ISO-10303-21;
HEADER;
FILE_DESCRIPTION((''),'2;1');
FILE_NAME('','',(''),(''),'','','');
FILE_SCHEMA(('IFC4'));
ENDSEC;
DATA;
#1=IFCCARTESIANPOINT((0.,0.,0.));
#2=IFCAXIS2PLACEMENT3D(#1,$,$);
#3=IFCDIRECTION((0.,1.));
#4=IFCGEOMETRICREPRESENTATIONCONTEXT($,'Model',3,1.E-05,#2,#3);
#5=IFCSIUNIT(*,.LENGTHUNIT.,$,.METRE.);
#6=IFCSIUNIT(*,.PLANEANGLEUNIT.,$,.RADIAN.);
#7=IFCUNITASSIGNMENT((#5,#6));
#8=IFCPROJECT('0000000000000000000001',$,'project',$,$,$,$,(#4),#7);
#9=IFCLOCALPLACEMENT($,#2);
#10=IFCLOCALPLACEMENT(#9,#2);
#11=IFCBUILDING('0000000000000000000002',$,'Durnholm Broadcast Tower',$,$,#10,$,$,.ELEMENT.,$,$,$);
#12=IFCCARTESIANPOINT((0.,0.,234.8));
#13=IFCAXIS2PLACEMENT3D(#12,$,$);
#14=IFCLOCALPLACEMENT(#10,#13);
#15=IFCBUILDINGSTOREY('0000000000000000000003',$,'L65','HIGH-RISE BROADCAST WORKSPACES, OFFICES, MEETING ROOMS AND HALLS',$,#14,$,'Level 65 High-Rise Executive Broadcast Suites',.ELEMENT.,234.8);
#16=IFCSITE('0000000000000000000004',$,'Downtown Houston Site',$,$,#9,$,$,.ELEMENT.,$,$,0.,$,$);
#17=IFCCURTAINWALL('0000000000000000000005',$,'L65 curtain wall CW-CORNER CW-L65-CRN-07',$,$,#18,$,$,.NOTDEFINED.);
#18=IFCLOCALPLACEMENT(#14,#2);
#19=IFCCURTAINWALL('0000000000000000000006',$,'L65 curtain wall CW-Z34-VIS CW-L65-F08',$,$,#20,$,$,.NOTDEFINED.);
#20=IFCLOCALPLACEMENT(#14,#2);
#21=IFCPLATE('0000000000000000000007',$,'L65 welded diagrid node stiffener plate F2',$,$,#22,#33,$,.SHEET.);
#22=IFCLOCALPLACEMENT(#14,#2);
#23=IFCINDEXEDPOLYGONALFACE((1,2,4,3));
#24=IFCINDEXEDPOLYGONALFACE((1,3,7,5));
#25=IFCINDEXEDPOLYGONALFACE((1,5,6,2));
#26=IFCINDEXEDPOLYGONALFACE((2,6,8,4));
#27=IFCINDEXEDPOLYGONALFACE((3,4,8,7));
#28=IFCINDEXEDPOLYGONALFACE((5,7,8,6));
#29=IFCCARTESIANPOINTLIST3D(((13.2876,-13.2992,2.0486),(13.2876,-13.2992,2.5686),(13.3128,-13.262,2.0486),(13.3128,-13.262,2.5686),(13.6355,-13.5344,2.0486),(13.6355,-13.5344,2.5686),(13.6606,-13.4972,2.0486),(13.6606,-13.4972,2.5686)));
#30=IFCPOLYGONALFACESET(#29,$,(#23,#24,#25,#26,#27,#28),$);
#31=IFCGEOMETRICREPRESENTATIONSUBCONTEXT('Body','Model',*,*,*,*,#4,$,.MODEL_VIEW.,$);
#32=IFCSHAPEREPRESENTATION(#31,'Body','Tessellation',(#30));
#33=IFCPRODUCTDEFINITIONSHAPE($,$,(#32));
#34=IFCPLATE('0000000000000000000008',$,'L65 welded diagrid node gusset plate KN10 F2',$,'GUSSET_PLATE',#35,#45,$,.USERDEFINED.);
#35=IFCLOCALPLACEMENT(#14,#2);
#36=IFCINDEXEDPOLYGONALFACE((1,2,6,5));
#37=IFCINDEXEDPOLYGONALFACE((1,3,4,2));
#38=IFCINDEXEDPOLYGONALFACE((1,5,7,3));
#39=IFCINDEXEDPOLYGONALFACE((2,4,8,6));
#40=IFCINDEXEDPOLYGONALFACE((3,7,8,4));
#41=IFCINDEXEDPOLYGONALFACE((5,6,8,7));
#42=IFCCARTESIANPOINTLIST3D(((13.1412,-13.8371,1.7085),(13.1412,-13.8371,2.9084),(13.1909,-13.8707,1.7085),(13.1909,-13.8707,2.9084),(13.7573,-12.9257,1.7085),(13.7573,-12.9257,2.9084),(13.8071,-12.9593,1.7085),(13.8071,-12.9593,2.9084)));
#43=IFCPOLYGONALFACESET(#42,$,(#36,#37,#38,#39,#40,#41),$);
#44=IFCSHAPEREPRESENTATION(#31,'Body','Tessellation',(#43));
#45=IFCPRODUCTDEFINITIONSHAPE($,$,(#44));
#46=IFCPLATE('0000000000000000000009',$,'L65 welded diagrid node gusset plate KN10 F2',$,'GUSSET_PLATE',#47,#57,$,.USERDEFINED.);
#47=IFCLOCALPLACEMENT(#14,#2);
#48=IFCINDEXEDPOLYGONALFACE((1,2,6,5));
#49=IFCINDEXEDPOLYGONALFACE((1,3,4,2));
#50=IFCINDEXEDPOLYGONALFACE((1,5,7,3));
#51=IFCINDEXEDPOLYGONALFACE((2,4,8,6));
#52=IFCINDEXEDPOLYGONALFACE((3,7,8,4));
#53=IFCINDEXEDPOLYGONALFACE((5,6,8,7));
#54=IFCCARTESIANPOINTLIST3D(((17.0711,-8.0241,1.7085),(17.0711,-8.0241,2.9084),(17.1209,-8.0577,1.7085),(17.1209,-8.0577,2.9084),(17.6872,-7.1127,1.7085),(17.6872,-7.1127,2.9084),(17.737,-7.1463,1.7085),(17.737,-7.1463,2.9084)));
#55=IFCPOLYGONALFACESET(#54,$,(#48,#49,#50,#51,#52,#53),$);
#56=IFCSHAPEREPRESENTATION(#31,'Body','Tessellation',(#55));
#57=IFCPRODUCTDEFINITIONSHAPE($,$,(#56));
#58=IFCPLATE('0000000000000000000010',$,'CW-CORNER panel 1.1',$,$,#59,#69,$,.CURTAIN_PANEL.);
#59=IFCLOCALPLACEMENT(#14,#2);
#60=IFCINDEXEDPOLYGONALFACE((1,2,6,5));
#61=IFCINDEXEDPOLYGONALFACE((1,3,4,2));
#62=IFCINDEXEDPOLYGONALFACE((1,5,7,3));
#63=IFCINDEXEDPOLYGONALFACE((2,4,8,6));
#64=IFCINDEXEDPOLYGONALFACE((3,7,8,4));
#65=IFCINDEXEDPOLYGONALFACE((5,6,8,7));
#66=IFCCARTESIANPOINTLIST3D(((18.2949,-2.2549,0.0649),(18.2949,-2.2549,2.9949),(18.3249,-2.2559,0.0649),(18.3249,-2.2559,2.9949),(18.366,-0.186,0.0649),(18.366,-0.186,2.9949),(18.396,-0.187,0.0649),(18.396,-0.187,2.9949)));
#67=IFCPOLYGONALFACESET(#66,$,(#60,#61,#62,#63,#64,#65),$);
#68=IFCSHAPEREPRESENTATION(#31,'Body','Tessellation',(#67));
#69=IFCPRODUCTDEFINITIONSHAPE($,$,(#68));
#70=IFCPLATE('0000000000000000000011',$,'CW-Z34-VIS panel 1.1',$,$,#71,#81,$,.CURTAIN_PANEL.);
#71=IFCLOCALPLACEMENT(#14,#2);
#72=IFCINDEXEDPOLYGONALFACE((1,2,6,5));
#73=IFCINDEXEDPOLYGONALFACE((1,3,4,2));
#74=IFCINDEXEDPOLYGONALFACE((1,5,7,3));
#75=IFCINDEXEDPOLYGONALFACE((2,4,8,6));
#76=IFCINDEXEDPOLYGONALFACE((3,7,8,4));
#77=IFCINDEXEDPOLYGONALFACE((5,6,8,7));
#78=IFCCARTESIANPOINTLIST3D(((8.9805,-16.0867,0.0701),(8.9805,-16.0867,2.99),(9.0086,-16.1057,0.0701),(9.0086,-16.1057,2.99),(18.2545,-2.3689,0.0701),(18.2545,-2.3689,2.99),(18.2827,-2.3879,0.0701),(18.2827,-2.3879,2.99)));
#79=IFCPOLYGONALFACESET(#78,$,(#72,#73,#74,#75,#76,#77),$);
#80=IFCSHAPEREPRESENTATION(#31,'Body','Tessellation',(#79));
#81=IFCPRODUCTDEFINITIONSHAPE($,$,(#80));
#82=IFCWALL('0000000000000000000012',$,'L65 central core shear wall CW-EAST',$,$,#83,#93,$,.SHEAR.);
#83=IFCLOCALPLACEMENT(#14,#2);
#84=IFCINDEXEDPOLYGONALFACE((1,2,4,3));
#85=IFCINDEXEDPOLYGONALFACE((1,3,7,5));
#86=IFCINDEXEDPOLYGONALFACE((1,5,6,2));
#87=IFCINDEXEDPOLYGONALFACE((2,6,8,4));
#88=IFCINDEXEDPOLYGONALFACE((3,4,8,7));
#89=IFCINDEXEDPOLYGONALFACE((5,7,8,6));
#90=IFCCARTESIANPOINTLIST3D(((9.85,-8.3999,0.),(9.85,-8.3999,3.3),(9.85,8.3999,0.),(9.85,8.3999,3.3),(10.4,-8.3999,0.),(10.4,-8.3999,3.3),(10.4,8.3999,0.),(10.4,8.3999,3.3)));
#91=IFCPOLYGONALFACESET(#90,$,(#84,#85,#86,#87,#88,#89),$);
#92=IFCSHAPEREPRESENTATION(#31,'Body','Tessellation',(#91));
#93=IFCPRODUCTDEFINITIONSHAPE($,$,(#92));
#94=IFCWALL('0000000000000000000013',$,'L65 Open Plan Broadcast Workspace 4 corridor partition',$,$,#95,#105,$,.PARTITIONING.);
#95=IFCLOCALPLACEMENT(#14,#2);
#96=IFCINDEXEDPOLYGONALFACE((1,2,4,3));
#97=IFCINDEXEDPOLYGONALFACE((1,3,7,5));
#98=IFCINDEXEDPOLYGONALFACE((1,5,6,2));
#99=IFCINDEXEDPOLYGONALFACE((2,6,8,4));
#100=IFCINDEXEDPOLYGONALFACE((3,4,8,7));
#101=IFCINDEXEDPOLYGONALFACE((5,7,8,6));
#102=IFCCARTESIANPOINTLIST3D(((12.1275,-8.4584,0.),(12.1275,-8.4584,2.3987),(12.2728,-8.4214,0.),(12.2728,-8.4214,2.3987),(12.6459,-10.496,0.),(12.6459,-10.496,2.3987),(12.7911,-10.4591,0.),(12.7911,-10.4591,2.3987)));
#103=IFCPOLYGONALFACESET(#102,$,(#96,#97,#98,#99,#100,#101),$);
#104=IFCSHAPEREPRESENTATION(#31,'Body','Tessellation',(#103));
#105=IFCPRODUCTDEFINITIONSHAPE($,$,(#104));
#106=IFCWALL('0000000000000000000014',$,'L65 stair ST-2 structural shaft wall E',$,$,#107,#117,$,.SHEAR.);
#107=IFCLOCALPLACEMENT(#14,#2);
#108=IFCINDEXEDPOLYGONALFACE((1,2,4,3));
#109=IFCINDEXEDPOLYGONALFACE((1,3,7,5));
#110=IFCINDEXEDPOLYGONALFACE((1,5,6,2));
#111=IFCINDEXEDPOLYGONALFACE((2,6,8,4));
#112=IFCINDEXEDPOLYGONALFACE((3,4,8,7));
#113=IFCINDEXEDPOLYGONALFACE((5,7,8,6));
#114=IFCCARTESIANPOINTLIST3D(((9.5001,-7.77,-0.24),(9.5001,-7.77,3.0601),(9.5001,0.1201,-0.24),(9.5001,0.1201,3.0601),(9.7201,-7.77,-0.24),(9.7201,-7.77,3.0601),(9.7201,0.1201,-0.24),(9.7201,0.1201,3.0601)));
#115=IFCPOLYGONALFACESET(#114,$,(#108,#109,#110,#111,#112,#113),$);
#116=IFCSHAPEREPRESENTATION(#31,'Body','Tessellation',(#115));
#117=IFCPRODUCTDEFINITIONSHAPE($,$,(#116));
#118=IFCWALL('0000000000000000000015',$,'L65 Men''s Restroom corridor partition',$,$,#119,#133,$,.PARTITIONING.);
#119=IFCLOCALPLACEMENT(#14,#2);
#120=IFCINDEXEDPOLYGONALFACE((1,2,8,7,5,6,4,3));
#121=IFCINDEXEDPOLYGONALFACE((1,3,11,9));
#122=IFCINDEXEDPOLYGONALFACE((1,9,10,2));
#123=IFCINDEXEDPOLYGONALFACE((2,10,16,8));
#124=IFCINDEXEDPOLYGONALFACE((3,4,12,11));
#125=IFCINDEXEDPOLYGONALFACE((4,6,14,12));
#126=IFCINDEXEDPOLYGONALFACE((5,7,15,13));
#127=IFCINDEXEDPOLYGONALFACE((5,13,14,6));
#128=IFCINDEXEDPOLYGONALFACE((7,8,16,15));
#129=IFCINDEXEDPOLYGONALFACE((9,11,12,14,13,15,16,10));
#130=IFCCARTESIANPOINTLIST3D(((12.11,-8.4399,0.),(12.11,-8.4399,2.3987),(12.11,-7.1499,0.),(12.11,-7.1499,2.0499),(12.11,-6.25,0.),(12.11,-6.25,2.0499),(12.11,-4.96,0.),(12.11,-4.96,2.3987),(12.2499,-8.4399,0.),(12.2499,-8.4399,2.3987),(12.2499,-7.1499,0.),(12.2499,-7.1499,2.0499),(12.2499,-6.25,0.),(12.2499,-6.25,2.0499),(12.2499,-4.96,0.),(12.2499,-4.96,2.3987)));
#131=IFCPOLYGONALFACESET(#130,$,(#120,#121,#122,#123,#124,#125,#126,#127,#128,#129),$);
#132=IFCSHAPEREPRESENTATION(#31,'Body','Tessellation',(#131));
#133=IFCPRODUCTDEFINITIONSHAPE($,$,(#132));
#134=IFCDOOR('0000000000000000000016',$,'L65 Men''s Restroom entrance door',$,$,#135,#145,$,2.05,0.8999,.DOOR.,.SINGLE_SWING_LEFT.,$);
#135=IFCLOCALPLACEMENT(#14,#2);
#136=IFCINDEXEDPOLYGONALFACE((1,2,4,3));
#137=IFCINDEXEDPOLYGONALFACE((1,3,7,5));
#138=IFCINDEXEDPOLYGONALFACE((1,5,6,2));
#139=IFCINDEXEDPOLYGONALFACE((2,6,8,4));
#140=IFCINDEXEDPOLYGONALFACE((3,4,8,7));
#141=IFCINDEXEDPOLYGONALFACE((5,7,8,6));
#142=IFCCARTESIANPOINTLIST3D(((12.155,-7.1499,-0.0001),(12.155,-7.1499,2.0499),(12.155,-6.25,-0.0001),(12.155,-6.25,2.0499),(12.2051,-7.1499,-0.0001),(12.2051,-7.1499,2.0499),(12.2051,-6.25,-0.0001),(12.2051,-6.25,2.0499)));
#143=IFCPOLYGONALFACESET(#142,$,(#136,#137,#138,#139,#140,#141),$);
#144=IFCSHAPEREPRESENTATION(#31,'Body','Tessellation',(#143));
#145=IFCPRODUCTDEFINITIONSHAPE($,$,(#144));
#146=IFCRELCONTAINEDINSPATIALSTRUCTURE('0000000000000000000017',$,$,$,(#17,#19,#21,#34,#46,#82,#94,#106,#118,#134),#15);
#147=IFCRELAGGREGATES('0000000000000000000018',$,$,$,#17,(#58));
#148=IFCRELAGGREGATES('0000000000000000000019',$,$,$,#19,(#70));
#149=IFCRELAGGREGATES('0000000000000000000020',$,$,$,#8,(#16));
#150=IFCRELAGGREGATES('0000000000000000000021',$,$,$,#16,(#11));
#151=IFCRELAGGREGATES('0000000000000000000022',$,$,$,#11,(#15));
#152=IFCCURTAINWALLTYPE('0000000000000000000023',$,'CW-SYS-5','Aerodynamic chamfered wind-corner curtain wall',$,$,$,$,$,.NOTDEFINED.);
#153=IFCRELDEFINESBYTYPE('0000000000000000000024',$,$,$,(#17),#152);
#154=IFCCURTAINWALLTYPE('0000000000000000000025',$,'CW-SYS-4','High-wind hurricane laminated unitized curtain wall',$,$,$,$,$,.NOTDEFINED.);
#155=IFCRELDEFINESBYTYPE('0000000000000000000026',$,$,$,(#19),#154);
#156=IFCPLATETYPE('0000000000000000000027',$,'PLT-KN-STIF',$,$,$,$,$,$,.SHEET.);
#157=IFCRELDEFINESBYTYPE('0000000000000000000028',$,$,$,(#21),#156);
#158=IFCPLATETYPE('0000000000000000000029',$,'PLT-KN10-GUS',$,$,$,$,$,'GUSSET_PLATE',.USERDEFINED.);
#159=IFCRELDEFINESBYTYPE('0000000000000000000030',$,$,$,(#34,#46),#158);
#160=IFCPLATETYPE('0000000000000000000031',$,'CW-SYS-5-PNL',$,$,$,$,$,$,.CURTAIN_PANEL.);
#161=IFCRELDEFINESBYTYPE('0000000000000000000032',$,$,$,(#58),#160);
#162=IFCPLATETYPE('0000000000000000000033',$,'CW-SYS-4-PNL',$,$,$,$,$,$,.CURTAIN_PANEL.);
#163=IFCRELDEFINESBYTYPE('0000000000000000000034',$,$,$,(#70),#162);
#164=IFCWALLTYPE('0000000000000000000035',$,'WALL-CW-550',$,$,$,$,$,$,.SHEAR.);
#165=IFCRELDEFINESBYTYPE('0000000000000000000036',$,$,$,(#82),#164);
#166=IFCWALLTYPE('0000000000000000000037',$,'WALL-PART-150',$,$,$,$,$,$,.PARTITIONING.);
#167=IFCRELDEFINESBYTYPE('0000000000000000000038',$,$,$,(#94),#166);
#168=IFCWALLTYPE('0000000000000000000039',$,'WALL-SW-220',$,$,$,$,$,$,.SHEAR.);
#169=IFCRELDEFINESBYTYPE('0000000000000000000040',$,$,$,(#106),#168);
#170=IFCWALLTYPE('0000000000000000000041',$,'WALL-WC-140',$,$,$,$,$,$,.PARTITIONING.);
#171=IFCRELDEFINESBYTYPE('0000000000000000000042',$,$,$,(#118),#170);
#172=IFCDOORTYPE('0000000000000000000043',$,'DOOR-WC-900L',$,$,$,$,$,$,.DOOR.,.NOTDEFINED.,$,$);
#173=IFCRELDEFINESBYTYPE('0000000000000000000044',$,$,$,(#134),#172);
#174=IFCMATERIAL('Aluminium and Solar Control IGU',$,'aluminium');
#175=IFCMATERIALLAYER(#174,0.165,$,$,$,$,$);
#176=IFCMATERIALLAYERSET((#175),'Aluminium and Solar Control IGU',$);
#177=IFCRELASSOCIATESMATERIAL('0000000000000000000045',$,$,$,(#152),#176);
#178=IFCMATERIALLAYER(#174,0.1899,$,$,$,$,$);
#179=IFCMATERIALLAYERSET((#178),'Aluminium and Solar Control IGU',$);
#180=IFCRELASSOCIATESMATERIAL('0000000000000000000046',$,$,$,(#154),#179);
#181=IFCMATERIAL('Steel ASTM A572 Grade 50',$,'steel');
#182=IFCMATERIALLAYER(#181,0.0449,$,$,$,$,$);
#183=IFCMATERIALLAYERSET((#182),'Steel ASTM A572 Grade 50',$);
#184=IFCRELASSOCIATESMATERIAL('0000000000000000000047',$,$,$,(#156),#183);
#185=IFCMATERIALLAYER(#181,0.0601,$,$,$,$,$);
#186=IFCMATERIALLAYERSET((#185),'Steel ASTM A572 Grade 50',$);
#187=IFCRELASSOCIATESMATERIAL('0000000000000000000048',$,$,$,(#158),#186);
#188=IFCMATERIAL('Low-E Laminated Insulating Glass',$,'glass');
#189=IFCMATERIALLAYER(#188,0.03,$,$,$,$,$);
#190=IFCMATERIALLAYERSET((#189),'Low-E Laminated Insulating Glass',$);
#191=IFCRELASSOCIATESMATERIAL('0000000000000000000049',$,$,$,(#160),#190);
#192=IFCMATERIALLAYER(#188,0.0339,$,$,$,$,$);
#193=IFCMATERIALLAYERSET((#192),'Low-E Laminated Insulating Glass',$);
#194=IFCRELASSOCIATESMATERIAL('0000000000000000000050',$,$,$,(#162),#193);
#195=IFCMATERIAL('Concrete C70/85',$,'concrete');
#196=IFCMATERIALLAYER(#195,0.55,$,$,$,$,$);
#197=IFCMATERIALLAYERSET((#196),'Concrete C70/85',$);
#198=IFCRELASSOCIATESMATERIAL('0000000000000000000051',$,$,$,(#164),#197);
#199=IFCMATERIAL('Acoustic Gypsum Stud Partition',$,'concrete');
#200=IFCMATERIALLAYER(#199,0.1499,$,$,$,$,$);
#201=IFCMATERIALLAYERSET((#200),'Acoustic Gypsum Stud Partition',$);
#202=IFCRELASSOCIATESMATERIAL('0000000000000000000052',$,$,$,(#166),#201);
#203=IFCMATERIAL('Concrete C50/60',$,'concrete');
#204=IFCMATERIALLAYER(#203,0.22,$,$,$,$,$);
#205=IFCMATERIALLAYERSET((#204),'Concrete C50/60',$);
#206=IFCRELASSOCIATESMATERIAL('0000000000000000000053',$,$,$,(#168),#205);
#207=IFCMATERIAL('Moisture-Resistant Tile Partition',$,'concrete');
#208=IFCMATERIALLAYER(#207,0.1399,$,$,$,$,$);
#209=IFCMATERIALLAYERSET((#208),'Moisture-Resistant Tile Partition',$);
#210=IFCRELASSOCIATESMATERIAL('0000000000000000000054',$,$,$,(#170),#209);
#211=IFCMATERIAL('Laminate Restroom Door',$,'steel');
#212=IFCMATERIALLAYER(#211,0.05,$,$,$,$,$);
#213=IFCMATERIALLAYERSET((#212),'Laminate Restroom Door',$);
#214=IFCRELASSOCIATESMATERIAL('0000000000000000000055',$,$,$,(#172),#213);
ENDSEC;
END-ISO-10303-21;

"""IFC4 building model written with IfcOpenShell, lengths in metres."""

from ifc_helpers import new_model, si_unit, direction, frame, frame_2d, origin, origin_2d, place, context, subcontext, project, spatial, rectangle, extrude, source, transform, mapped, material, layer, layer_set, type_object, type_shapes, element, fill, aggregate, save


model = new_model("IFC4")

# Units and contexts
model_context = context("Model", 3, precision=1e-05, world=origin(), true_north=direction((0.0, 1.0)))
body_context = subcontext(model_context, "Body", "Model", "MODEL_VIEW")
ifc_project = project(units=[si_unit("LENGTHUNIT", "METRE"), si_unit("PLANEANGLEUNIT", "RADIAN")], contexts=[model_context])

# Site, building, storey
site_placement = place(None, origin())
site = spatial("IfcSite", under=ifc_project, at=site_placement, Name="Downtown Houston Site", CompositionType="ELEMENT", RefElevation=0.0)
building_placement = place(site_placement, origin())
building = spatial("IfcBuilding", under=site, at=building_placement, Name="Durnholm Broadcast Tower", CompositionType="ELEMENT")
storey_placement = place(building_placement, frame((0.0, 0.0, 234.8)))
storey = spatial("IfcBuildingStorey", under=building, at=storey_placement, Name="L65", Description="HIGH-RISE BROADCAST WORKSPACES, OFFICES, MEETING ROOMS AND HALLS", LongName="Level 65 High-Rise Executive Broadcast Suites", CompositionType="ELEMENT", Elevation=234.8)

# Shared definitions
ifc_material_1 = material(Name="Concrete C70/85", Category="concrete")

# Shared definitions
ifc_material_2 = material(Name="Aluminium and Solar Control IGU", Category="aluminium")
ifc_layer_1 = layer(ifc_material_2, 0.165)
ifc_layer_set_1 = layer_set([ifc_layer_1], Name="Aluminium and Solar Control IGU")
curtain_wall_type_1 = type_object("IfcCurtainWallType", Name="CW-SYS-5", Description="Aerodynamic chamfered wind-corner curtain wall", PredefinedType="NOTDEFINED", material=ifc_layer_set_1)

# Curtain wall
curtain_wall_1_placement = place(storey_placement, origin())
curtain_wall_1 = element("IfcCurtainWall", 1, at=curtain_wall_1_placement, inside=storey, type_object=curtain_wall_type_1, Name="L65 curtain wall CW-CORNER CW-L65-CRN-07", PredefinedType="NOTDEFINED")

# Curtain wall
ifc_layer_2 = layer(ifc_material_2, 0.1899)
ifc_layer_set_2 = layer_set([ifc_layer_2], Name="Aluminium and Solar Control IGU")
curtain_wall_type_2 = type_object("IfcCurtainWallType", Name="CW-SYS-4", Description="High-wind hurricane laminated unitized curtain wall", PredefinedType="NOTDEFINED", material=ifc_layer_set_2)
curtain_wall_2_placement = place(storey_placement, origin())
curtain_wall_2 = element("IfcCurtainWall", 2, at=curtain_wall_2_placement, inside=storey, type_object=curtain_wall_type_2, Name="L65 curtain wall CW-Z34-VIS CW-L65-F08", PredefinedType="NOTDEFINED")

# Plates
ifc_material_3 = material(Name="Steel ASTM A572 Grade 50", Category="steel")
ifc_layer_3 = layer(ifc_material_3, 0.0449)
ifc_layer_set_3 = layer_set([ifc_layer_3], Name="Steel ASTM A572 Grade 50")
plate_type_1 = type_object("IfcPlateType", Name="PLT-KN-STIF", PredefinedType="SHEET", material=ifc_layer_set_3)
shared_shape_1 = source(origin(), body_context, "Body", "SweptSolid", [
    extrude(rectangle(XDim=0.0449, YDim=0.4199, at=origin_2d()), origin(), (0.0, 0.0, 1.0), 0.52),
])
type_shapes(plate_type_1, [shared_shape_1])
plate_1_placement = place(storey_placement, frame((13.4741, -13.3982, 2.0486), z_axis=(0.0, 0.0, 1.0), x_axis=(0.560061, 0.828452, 0.0)))
element("IfcPlate", 3, at=plate_1_placement, inside=storey, type_object=plate_type_1, Name="L65 welded diagrid node stiffener plate F2", PredefinedType="SHEET", context=body_context, shape_type="MappedRepresentation", body=[
    mapped(shared_shape_1, transform((0.0, 0.0, 0.0), x_axis=(1.0, 0.0, 0.0), y_axis=(0.0, 1.0, 0.0), z_axis=(0.0, 0.0, 1.0), scale=1.0)),
])
ifc_layer_4 = layer(ifc_material_3, 0.0601)
ifc_layer_set_4 = layer_set([ifc_layer_4], Name="Steel ASTM A572 Grade 50")
plate_type_2 = type_object("IfcPlateType", Name="PLT-KN10-GUS", ElementType="GUSSET_PLATE", PredefinedType="USERDEFINED", material=ifc_layer_set_4)
shared_shape_2 = source(origin(), body_context, "Body", "SweptSolid", [
    extrude(rectangle(XDim=1.1001, YDim=0.0601, at=origin_2d()), origin(), (0.0, 0.0, 1.0), 1.2),
])
type_shapes(plate_type_2, [shared_shape_2])
for number, where, z_axis, x_axis, name in (
    (4, (13.4741, -13.3982, 1.7085), (0.0, 0.0, 1.0), (0.560061, 0.828452, 0.0), "L65 welded diagrid node gusset plate KN10 F2"),
    (5, (17.4041, -7.5852, 1.7085), (0.0, 0.0, 1.0), (0.560061, 0.828452, 0.0), "L65 welded diagrid node gusset plate KN10 F2"),
):
    element("IfcPlate", number, at=place(storey_placement, frame(where, z_axis=z_axis, x_axis=x_axis)), inside=storey, type_object=plate_type_2, Name=name, ObjectType="GUSSET_PLATE", PredefinedType="USERDEFINED", context=body_context, shape_type="MappedRepresentation", body=[
        mapped(shared_shape_2, transform((0.0, 0.0, 0.0), x_axis=(1.0, 0.0, 0.0), y_axis=(0.0, 1.0, 0.0), z_axis=(0.0, 0.0, 1.0), scale=1.0)),
    ])

# Plates
ifc_material_4 = material(Name="Low-E Laminated Insulating Glass", Category="glass")
ifc_layer_5 = layer(ifc_material_4, 0.03)
ifc_layer_set_5 = layer_set([ifc_layer_5], Name="Low-E Laminated Insulating Glass")
plate_type_3 = type_object("IfcPlateType", Name="CW-SYS-5-PNL", PredefinedType="CURTAIN_PANEL", material=ifc_layer_set_5)
shared_shape_3 = source(origin(), body_context, "Body", "SweptSolid", [
    extrude(rectangle(XDim=2.0701, YDim=0.03, at=origin_2d()), origin(), (0.0, 0.0, 1.0), 2.9299),
])
type_shapes(plate_type_3, [shared_shape_3])
plate_2_placement = place(storey_placement, frame((18.3455, -1.2209, 0.0649), z_axis=(0.0, 0.0, 1.0), x_axis=(-0.034318, -0.999411, 0.0)))
plate_2 = element("IfcPlate", 6, at=plate_2_placement, type_object=plate_type_3, Name="CW-CORNER panel 1.1", PredefinedType="CURTAIN_PANEL", context=body_context, shape_type="MappedRepresentation", body=[
    mapped(shared_shape_3, transform((0.0, 0.0, 0.0), x_axis=(1.0, 0.0, 0.0), y_axis=(0.0, 1.0, 0.0), z_axis=(0.0, 0.0, 1.0), scale=1.0)),
])
aggregate(curtain_wall_1, [plate_2])
ifc_layer_6 = layer(ifc_material_4, 0.0339)
ifc_layer_set_6 = layer_set([ifc_layer_6], Name="Low-E Laminated Insulating Glass")
plate_type_4 = type_object("IfcPlateType", Name="CW-SYS-4-PNL", PredefinedType="CURTAIN_PANEL", material=ifc_layer_set_6)
shared_shape_4 = source(origin(), body_context, "Body", "SweptSolid", [
    extrude(rectangle(XDim=16.5586, YDim=0.0339, at=origin_2d()), origin(), (0.0, 0.0, 1.0), 2.9199),
])
type_shapes(plate_type_4, [shared_shape_4])
plate_3_placement = place(storey_placement, frame((13.6316, -9.2373, 0.0701), z_axis=(0.0, 0.0, 1.0), x_axis=(-0.560073, -0.828443, 0.0)))
plate_3 = element("IfcPlate", 7, at=plate_3_placement, type_object=plate_type_4, Name="CW-Z34-VIS panel 1.1", PredefinedType="CURTAIN_PANEL", context=body_context, shape_type="MappedRepresentation", body=[
    mapped(shared_shape_4, transform((0.0, 0.0, 0.0), x_axis=(1.0, 0.0, 0.0), y_axis=(0.0, 1.0, 0.0), z_axis=(0.0, 0.0, 1.0), scale=1.0)),
])
aggregate(curtain_wall_2, [plate_3])

# Walls
ifc_layer_7 = layer(ifc_material_1, 0.55)
ifc_layer_set_7 = layer_set([ifc_layer_7], Name="Concrete C70/85")
wall_type_1 = type_object("IfcWallType", Name="WALL-CW-550", PredefinedType="SHEAR", material=ifc_layer_set_7)
wall_1_placement = place(storey_placement, frame((10.125, -8.3999, 0.0), z_axis=(0.0, 0.0, 1.0), x_axis=(0.0, 1.0, 0.0)))
element("IfcWall", 8, at=wall_1_placement, inside=storey, type_object=wall_type_1, Name="L65 central core shear wall CW-EAST", PredefinedType="SHEAR", context=body_context, shape_type="SweptSolid", body=[
    extrude(rectangle(XDim=16.7998, YDim=0.55, at=frame_2d((8.3999, 0.0))), origin(), (0.0, 0.0, 1.0), 3.3),
])
ifc_material_5 = material(Name="Acoustic Gypsum Stud Partition", Category="concrete")
ifc_layer_8 = layer(ifc_material_5, 0.1499)
ifc_layer_set_8 = layer_set([ifc_layer_8], Name="Acoustic Gypsum Stud Partition")
wall_type_2 = type_object("IfcWallType", Name="WALL-PART-150", PredefinedType="PARTITIONING", material=ifc_layer_set_8)
wall_2_placement = place(storey_placement, frame((12.7185, -10.4775, 0.0), z_axis=(0.0, 0.0, 1.0), x_axis=(-0.246523, 0.969137, 0.0)))
element("IfcWall", 9, at=wall_2_placement, inside=storey, type_object=wall_type_2, Name="L65 Open Plan Broadcast Workspace 4 corridor partition", PredefinedType="PARTITIONING", context=body_context, shape_type="SweptSolid", body=[
    extrude(rectangle(XDim=2.1025, YDim=0.1499, at=frame_2d((1.0513, 0.0))), origin(), (0.0, 0.0, 1.0), 2.3987),
])
ifc_material_6 = material(Name="Concrete C50/60", Category="concrete")
ifc_layer_9 = layer(ifc_material_6, 0.22)
ifc_layer_set_9 = layer_set([ifc_layer_9], Name="Concrete C50/60")
wall_type_3 = type_object("IfcWallType", Name="WALL-SW-220", PredefinedType="SHEAR", material=ifc_layer_set_9)
wall_3_placement = place(storey_placement, frame((9.6101, -7.77, -0.24), z_axis=(0.0, 0.0, 1.0), x_axis=(0.0, 1.0, 0.0)))
element("IfcWall", 10, at=wall_3_placement, inside=storey, type_object=wall_type_3, Name="L65 stair ST-2 structural shaft wall E", PredefinedType="SHEAR", context=body_context, shape_type="SweptSolid", body=[
    extrude(rectangle(XDim=7.8901, YDim=0.22, at=frame_2d((3.9451, 0.0))), origin(), (0.0, 0.0, 1.0), 3.3),
])

# Wall, opening, door
ifc_material_7 = material(Name="Moisture-Resistant Tile Partition", Category="concrete")
ifc_layer_10 = layer(ifc_material_7, 0.1399)
ifc_layer_set_10 = layer_set([ifc_layer_10], Name="Moisture-Resistant Tile Partition")
wall_type_4 = type_object("IfcWallType", Name="WALL-WC-140", PredefinedType="PARTITIONING", material=ifc_layer_set_10)
wall_4_placement = place(storey_placement, frame((12.1799, -8.4399, 0.0), z_axis=(0.0, 0.0, 1.0), x_axis=(0.0, 1.0, 0.0)))
wall_4 = element("IfcWall", 11, at=wall_4_placement, inside=storey, type_object=wall_type_4, Name="L65 Men's Restroom corridor partition", PredefinedType="PARTITIONING", context=body_context, shape_type="SweptSolid", body=[
    extrude(rectangle(XDim=3.48, YDim=0.1399, at=frame_2d((1.74, 0.0))), origin(), (0.0, 0.0, 1.0), 2.3987),
])
opening_1_placement = place(wall_4_placement, frame((1.29, 0.0, 0.0)))
opening_1 = element("IfcOpeningElement", 12, at=opening_1_placement, cuts=wall_4, PredefinedType="OPENING", context=body_context, shape_type="SweptSolid", body=[
    extrude(rectangle(XDim=0.8999, YDim=2.05, at=frame_2d((0.45, 1.0249))), frame((0.0, 0.0801, 0.0), z_axis=(0.0, -1.0, 0.0), x_axis=(1.0, 0.0, 0.0)), (0.0, 0.0, 1.0), 0.1599),
])
ifc_material_8 = material(Name="Laminate Restroom Door", Category="steel")
ifc_layer_11 = layer(ifc_material_8, 0.05)
ifc_layer_set_11 = layer_set([ifc_layer_11], Name="Laminate Restroom Door")
door_type_1 = type_object("IfcDoorType", Name="DOOR-WC-900L", OperationType="NOTDEFINED", PredefinedType="DOOR", material=ifc_layer_set_11)
shared_shape_5 = source(origin(), body_context, "Body", "SweptSolid", [
    extrude(rectangle(XDim=0.8999, YDim=2.05, at=frame_2d((0.45, 1.0249))), frame((0.0, 0.0249, 0.0), z_axis=(0.0, -1.0, 0.0), x_axis=(1.0, 0.0, 0.0)), (0.0, 0.0, 1.0), 0.05),
])
type_shapes(door_type_1, [shared_shape_5])
door_1_placement = place(opening_1_placement, origin())
door_1 = element("IfcDoor", 13, at=door_1_placement, inside=storey, type_object=door_type_1, Name="L65 Men's Restroom entrance door", OperationType="SINGLE_SWING_LEFT", OverallHeight=2.05, OverallWidth=0.8999, PredefinedType="DOOR", context=body_context, shape_type="MappedRepresentation", body=[
    mapped(shared_shape_5, transform((0.0, 0.0, 0.0), x_axis=(1.0, 0.0, 0.0), y_axis=(0.0, 1.0, 0.0), z_axis=(0.0, 0.0, 1.0), scale=1.0)),
])
fill(opening_1, door_1)

save(model, "model.ifc")
